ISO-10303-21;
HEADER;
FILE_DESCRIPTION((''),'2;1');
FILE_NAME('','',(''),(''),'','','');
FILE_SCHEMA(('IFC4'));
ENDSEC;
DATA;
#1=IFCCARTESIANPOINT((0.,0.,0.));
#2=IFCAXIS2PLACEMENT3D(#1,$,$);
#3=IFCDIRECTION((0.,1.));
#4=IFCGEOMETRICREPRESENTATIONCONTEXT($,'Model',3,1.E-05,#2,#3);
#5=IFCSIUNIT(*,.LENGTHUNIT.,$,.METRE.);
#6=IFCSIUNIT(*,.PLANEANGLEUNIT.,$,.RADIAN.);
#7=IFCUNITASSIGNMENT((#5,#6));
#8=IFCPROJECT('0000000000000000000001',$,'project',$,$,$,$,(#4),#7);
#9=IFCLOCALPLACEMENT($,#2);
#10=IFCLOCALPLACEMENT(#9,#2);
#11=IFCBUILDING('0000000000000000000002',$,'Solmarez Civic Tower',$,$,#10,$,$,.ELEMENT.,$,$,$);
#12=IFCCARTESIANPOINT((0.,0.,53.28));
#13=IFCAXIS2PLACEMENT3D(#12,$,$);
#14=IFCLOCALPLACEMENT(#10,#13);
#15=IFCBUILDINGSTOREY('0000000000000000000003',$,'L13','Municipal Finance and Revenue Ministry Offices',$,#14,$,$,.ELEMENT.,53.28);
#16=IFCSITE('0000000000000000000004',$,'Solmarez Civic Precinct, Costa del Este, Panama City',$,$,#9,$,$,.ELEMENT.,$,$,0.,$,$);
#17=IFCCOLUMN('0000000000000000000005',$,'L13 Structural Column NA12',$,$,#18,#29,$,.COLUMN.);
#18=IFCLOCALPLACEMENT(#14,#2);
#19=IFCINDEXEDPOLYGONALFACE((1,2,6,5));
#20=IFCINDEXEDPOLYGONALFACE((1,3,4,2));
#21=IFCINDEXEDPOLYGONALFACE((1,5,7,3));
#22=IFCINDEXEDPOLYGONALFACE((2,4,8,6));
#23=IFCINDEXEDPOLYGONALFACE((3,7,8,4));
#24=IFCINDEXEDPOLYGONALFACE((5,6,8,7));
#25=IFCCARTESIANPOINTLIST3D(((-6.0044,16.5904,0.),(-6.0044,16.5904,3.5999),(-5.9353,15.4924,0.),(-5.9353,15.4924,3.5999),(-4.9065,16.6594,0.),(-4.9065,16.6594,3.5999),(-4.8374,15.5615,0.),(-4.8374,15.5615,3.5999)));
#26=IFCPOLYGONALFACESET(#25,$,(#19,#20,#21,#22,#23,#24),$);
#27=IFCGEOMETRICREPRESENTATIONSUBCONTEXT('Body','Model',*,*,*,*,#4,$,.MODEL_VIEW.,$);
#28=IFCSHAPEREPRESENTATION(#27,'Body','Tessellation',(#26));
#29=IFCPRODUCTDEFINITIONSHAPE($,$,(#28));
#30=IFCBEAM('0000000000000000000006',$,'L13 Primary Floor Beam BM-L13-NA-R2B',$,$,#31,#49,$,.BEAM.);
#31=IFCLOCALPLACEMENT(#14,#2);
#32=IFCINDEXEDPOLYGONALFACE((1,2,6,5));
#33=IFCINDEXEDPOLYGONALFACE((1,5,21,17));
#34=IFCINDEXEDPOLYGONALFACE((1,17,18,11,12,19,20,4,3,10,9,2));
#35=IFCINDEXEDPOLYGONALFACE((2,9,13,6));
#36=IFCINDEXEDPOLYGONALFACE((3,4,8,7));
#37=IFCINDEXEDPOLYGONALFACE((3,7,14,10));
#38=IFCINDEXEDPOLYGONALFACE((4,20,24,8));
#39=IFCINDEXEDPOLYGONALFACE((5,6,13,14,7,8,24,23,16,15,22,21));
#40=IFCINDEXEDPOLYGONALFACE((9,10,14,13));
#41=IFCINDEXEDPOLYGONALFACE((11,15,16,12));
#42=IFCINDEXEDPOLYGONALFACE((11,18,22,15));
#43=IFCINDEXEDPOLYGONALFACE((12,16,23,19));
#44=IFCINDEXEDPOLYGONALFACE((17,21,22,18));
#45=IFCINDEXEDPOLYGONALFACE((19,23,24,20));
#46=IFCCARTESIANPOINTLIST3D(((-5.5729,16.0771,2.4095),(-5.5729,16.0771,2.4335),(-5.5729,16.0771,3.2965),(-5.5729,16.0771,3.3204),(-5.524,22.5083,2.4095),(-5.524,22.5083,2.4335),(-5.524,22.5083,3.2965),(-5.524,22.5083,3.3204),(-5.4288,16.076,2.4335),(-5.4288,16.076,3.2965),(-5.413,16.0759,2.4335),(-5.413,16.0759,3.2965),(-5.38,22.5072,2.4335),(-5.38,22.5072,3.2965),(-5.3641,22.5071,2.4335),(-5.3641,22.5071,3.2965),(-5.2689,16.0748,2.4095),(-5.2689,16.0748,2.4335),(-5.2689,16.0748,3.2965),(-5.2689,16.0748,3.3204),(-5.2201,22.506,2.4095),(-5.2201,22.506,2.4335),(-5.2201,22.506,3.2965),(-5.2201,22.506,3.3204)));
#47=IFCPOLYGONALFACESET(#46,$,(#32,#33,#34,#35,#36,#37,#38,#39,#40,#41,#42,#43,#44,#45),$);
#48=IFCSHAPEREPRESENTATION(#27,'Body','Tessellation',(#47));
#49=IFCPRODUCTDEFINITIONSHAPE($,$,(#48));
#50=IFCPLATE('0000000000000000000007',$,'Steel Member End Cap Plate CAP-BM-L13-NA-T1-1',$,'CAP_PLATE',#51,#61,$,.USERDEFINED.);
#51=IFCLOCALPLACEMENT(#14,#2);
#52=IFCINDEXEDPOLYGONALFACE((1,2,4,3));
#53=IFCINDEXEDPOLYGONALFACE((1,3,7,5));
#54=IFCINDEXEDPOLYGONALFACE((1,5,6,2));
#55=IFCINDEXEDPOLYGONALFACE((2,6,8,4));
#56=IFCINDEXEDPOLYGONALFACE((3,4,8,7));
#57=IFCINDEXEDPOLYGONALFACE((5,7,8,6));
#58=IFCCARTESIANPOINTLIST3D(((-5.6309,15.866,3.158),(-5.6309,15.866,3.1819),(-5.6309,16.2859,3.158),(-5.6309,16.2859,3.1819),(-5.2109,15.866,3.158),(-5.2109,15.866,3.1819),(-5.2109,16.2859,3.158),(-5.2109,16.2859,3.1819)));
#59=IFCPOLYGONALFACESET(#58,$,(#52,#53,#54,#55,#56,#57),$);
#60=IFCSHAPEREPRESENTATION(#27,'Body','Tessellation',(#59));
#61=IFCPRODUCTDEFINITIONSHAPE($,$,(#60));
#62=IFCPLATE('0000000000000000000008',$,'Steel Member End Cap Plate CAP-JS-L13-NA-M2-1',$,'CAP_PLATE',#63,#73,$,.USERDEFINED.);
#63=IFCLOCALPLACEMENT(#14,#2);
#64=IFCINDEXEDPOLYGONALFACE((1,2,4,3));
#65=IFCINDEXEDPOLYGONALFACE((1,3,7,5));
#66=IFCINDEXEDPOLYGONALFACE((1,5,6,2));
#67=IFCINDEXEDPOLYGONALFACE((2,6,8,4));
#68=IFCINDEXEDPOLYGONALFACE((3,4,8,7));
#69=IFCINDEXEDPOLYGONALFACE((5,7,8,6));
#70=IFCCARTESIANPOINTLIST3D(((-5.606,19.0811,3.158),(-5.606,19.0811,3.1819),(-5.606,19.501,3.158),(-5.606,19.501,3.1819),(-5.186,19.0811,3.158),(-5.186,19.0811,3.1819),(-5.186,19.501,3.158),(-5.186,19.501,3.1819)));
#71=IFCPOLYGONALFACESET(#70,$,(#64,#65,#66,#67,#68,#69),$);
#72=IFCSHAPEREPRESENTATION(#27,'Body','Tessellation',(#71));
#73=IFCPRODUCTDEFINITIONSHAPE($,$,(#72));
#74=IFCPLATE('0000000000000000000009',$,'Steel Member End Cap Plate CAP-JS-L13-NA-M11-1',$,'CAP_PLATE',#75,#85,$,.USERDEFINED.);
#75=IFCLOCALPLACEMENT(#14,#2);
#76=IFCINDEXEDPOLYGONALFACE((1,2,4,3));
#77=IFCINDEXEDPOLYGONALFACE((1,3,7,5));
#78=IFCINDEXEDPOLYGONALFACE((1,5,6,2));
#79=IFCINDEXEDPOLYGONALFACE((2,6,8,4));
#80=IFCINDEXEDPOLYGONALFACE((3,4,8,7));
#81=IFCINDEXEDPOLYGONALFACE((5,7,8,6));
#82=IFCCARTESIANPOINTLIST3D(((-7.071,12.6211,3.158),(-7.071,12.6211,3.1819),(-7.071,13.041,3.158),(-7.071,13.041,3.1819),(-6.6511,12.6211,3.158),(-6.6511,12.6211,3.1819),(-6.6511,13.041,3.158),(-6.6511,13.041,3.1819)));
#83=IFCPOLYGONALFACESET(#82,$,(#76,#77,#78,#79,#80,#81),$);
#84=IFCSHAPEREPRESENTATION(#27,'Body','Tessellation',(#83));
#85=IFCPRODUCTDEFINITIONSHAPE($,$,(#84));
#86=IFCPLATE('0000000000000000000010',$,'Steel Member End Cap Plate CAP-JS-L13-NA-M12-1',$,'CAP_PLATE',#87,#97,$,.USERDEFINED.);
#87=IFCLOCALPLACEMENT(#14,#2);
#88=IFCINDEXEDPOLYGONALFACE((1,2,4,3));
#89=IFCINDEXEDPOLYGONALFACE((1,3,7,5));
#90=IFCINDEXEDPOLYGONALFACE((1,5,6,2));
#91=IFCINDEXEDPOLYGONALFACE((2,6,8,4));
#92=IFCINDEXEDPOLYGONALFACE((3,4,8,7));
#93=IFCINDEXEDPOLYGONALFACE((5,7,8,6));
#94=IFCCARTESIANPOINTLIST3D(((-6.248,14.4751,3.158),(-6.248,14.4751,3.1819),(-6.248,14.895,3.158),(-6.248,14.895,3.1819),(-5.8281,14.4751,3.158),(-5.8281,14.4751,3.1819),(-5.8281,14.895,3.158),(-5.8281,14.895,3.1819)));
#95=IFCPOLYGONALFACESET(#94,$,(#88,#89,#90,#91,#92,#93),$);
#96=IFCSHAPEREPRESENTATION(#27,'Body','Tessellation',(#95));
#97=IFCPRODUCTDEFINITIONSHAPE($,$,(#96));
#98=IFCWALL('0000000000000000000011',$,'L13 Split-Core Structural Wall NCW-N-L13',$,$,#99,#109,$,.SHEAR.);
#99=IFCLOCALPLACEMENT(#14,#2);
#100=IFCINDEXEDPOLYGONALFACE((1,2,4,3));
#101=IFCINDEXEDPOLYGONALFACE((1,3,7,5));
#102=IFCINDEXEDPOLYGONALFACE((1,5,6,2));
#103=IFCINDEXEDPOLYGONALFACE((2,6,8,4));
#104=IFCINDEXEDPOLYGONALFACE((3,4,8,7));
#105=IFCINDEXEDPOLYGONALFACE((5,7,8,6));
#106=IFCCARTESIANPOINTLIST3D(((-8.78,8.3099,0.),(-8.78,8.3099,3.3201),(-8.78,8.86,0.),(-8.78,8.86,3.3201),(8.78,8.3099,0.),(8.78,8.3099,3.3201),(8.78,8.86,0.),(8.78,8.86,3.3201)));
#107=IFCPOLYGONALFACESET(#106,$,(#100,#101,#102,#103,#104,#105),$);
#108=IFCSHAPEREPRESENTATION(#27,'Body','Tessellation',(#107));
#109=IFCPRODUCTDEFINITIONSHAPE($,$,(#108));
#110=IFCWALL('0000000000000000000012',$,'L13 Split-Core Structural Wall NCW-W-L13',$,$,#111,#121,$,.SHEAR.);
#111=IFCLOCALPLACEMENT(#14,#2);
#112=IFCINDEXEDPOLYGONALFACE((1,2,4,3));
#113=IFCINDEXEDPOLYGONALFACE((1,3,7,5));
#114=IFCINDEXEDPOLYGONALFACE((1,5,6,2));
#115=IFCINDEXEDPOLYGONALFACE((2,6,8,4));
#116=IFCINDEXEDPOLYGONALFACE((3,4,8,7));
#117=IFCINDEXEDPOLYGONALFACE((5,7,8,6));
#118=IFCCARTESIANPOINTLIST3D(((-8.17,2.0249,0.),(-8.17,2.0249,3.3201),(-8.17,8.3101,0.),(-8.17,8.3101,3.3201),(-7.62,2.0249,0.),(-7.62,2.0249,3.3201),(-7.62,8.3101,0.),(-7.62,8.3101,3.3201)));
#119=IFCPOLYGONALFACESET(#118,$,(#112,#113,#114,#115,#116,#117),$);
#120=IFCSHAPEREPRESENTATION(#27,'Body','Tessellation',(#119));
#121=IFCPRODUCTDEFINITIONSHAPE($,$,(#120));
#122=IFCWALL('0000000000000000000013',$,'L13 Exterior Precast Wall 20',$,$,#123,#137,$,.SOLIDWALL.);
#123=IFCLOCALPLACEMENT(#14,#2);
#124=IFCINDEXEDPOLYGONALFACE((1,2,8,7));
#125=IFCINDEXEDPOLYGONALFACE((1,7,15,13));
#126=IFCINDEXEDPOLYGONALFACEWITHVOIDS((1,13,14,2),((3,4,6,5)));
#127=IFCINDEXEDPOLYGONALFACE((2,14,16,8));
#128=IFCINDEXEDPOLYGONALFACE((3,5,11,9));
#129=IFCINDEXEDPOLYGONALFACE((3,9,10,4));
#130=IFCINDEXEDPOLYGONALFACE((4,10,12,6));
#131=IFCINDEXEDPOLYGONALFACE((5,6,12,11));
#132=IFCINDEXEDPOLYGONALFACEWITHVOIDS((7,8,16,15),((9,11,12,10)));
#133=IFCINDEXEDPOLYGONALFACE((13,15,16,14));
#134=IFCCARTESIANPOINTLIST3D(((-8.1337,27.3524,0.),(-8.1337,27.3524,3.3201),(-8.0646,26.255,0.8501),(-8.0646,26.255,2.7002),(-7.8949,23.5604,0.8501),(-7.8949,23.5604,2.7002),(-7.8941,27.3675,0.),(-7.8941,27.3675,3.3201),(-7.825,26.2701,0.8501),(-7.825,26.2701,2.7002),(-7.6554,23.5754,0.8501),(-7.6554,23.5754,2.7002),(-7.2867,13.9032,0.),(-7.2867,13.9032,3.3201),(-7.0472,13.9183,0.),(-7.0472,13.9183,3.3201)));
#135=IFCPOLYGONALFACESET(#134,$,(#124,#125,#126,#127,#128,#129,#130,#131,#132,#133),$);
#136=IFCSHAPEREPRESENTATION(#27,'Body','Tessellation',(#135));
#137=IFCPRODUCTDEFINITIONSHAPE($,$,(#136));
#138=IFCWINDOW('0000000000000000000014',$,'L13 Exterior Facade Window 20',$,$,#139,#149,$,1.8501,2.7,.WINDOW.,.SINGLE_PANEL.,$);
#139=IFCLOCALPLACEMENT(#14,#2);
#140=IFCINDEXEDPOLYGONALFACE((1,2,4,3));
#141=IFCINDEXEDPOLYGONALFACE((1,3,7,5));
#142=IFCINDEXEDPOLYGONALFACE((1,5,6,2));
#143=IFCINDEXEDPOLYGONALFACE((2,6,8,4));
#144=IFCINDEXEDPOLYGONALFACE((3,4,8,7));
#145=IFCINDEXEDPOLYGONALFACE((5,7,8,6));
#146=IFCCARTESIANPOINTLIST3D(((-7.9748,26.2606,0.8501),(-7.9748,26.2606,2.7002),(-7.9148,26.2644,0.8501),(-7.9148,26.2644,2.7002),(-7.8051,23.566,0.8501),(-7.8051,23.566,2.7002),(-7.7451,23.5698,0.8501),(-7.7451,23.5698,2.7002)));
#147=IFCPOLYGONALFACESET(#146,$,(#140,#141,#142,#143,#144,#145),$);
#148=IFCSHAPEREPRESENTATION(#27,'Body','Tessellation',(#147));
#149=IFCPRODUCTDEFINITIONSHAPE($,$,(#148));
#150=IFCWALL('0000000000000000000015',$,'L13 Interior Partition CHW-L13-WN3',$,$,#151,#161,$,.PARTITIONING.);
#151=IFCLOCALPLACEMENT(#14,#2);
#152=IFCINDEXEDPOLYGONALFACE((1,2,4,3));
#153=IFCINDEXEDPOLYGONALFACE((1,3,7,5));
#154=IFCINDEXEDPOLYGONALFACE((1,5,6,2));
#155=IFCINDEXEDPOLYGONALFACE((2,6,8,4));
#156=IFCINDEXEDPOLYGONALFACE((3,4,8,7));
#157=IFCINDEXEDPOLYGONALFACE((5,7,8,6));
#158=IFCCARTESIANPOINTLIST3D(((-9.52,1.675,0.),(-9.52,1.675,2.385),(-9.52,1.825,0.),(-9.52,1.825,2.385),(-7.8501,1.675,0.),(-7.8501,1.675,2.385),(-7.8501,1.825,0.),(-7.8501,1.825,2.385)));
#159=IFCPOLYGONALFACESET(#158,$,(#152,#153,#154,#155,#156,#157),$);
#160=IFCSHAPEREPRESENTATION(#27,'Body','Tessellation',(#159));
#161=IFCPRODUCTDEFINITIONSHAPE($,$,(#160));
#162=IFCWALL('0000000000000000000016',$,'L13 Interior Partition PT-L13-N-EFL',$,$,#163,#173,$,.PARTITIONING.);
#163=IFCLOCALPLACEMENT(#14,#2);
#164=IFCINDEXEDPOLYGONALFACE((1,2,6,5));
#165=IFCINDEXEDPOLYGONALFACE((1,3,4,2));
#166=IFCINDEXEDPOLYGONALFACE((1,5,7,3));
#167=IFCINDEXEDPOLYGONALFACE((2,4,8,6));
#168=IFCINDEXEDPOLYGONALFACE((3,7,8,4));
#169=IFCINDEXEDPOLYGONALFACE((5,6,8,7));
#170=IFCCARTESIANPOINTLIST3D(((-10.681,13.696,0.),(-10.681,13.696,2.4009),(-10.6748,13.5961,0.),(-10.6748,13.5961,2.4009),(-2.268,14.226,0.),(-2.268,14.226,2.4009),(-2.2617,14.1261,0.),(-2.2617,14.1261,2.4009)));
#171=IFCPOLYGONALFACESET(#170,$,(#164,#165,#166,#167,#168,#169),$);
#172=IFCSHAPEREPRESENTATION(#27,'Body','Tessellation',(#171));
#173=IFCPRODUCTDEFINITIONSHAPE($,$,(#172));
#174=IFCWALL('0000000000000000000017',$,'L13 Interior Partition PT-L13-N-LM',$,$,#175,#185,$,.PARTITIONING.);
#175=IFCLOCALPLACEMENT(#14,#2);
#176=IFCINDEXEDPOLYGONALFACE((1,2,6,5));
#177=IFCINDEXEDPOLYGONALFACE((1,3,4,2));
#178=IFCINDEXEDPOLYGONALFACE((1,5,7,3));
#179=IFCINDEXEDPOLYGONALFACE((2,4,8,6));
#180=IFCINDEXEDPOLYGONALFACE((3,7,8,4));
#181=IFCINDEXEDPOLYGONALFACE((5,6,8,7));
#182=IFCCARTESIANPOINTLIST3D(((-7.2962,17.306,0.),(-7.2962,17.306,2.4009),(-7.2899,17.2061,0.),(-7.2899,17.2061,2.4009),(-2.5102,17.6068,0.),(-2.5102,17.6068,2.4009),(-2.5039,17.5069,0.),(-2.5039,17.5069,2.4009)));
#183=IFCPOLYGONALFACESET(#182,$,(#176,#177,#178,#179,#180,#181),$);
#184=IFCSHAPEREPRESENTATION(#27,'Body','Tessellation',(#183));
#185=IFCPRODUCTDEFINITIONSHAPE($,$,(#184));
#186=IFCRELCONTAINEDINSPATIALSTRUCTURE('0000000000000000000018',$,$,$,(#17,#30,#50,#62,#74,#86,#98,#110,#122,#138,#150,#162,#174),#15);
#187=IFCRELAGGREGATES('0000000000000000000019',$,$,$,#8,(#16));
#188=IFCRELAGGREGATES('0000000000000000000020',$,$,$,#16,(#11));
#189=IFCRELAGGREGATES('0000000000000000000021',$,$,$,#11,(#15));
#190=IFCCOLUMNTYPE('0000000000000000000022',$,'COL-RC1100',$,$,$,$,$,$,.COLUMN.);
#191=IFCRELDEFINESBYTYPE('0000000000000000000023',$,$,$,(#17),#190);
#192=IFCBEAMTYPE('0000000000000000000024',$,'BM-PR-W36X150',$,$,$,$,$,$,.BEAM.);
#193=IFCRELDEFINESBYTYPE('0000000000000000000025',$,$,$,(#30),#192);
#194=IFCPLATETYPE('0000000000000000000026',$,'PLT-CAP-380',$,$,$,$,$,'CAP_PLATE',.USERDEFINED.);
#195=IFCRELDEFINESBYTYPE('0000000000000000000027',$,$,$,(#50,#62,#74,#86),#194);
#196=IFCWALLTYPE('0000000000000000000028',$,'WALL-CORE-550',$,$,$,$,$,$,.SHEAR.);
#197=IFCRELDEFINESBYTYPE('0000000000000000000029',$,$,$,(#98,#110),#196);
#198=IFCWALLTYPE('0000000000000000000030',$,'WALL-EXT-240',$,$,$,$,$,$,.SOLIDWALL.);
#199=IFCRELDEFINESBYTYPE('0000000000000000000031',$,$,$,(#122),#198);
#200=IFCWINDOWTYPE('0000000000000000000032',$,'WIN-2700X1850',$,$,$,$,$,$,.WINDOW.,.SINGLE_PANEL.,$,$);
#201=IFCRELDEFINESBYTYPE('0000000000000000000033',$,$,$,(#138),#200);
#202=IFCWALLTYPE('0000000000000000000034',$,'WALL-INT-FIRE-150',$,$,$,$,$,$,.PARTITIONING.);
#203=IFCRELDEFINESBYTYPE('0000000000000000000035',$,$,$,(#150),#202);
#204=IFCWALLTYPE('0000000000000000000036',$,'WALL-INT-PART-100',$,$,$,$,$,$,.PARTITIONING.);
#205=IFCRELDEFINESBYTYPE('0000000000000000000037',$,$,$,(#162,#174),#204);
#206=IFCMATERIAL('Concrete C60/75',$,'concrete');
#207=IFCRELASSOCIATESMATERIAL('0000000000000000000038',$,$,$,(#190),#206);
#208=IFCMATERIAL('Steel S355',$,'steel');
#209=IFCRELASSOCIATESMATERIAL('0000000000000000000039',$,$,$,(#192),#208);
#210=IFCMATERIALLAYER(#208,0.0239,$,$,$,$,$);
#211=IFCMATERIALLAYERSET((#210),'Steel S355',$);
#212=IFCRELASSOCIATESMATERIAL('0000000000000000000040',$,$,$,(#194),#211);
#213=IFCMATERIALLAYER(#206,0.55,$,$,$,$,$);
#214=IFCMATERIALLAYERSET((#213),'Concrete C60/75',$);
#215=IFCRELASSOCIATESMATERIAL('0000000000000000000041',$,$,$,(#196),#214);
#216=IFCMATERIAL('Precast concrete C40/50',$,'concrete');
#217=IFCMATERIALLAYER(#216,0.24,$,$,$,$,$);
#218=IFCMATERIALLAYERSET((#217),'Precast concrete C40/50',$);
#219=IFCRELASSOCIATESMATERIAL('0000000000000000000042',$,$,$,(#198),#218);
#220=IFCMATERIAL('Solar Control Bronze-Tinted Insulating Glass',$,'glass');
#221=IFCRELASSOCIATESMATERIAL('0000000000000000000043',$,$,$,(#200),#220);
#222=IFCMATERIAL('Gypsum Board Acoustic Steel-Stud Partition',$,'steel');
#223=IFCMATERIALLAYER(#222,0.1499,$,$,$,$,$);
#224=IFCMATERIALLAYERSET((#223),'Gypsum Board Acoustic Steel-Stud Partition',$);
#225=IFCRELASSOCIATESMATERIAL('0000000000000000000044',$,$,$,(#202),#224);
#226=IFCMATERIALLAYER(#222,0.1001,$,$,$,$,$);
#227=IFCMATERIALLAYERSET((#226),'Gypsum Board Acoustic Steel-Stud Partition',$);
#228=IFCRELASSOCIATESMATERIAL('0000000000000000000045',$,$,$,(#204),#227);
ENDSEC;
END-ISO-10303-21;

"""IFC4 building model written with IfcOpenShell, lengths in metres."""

from ifc_helpers import new_model, si_unit, direction, frame, frame_2d, origin, origin_2d, place, context, subcontext, project, spatial, rectangle, i_section, extrude, material, layer, layer_set, material_profile, profile_set, type_object, element, fill, save


model = new_model("IFC4")

# Units and contexts
model_context = context("Model", 3, precision=1e-05, world=origin(), true_north=direction((0.0, 1.0)))
body_context = subcontext(model_context, "Body", "Model", "MODEL_VIEW")
ifc_project = project(units=[si_unit("LENGTHUNIT", "METRE"), si_unit("PLANEANGLEUNIT", "RADIAN")], contexts=[model_context])

# Site, building, storey
site_placement = place(None, origin())
site = spatial("IfcSite", under=ifc_project, at=site_placement, Name="Solmarez Civic Precinct, Costa del Este, Panama City", CompositionType="ELEMENT", RefElevation=0.0)
building_placement = place(site_placement, origin())
building = spatial("IfcBuilding", under=site, at=building_placement, Name="Solmarez Civic Tower", CompositionType="ELEMENT")
storey_placement = place(building_placement, frame((0.0, 0.0, 53.28)))
storey = spatial("IfcBuildingStorey", under=building, at=storey_placement, Name="L13", Description="Municipal Finance and Revenue Ministry Offices", CompositionType="ELEMENT", Elevation=53.28)

# Column
ifc_material_1 = material(Name="Concrete C60/75", Category="concrete")
ifc_material_profile_1 = material_profile(ifc_material_1, rectangle(XDim=1.1001, YDim=1.1001, at=origin_2d()), Name="RC1100X1100")
ifc_profile_set_1 = profile_set([ifc_material_profile_1], Name="Concrete C60/75")
column_type = type_object("IfcColumnType", Name="COL-RC1100", PredefinedType="COLUMN", material=ifc_profile_set_1)
column_placement = place(storey_placement, frame((-5.4209, 16.0759, 0.0), z_axis=(0.0, 0.0, 1.0), x_axis=(0.998027, 0.062791, 0.0)))
element("IfcColumn", 1, at=column_placement, inside=storey, type_object=column_type, Name="L13 Structural Column NA12", PredefinedType="COLUMN", context=body_context, shape_type="SweptSolid", body=[
    extrude(rectangle(XDim=1.1001, YDim=1.1001, at=origin_2d()), origin(), (0.0, 0.0, 1.0), 3.5999),
])

# Beam
ifc_material_2 = material(Name="Steel S355", Category="steel")
ifc_material_profile_2 = material_profile(ifc_material_2, i_section(OverallWidth=0.304, OverallDepth=0.9109, WebThickness=0.0159, FlangeThickness=0.0239, at=origin_2d()), Name="W36X150")
ifc_profile_set_2 = profile_set([ifc_material_profile_2], Name="Steel S355")
beam_type = type_object("IfcBeamType", Name="BM-PR-W36X150", PredefinedType="BEAM", material=ifc_profile_set_2)
beam_placement = place(storey_placement, frame((-5.4209, 16.0759, 2.865), z_axis=(0.007592, 0.999971, 0.0), x_axis=(-0.999971, 0.007592, 0.0)))
element("IfcBeam", 2, at=beam_placement, inside=storey, type_object=beam_type, Name="L13 Primary Floor Beam BM-L13-NA-R2B", PredefinedType="BEAM", context=body_context, shape_type="SweptSolid", body=[
    extrude(i_section(OverallWidth=0.304, OverallDepth=0.9109, WebThickness=0.0159, FlangeThickness=0.0239, at=origin_2d()), origin(), (0.0, 0.0, 1.0), 6.4314),
])

# Plates
ifc_layer_1 = layer(ifc_material_2, 0.0239)
ifc_layer_set_1 = layer_set([ifc_layer_1], Name="Steel S355")
plate_type = type_object("IfcPlateType", Name="PLT-CAP-380", ElementType="CAP_PLATE", PredefinedType="USERDEFINED", material=ifc_layer_set_1)
for number, where, z_axis, x_axis, name in (
    (3, (-5.4209, 16.0759, 3.158), (0.0, 0.0, 1.0), (1.0, 0.0, 0.0), "Steel Member End Cap Plate CAP-BM-L13-NA-T1-1"),
    (4, (-5.396, 19.291, 3.158), (0.0, 0.0, 1.0), (1.0, 0.0, 0.0), "Steel Member End Cap Plate CAP-JS-L13-NA-M2-1"),
    (5, (-6.8611, 12.8311, 3.158), (0.0, 0.0, 1.0), (1.0, 0.0, 0.0), "Steel Member End Cap Plate CAP-JS-L13-NA-M11-1"),
    (6, (-6.0381, 14.6851, 3.158), (0.0, 0.0, 1.0), (1.0, 0.0, 0.0), "Steel Member End Cap Plate CAP-JS-L13-NA-M12-1"),
):
    element("IfcPlate", number, at=place(storey_placement, frame(where, z_axis=z_axis, x_axis=x_axis)), inside=storey, type_object=plate_type, Name=name, ObjectType="CAP_PLATE", PredefinedType="USERDEFINED", context=body_context, shape_type="SweptSolid", body=[
        extrude(rectangle(XDim=0.4199, YDim=0.4199, at=origin_2d()), origin(), (0.0, 0.0, 1.0), 0.0239),
    ])

# Walls
ifc_layer_2 = layer(ifc_material_1, 0.55)
ifc_layer_set_2 = layer_set([ifc_layer_2], Name="Concrete C60/75")
wall_type_1 = type_object("IfcWallType", Name="WALL-CORE-550", PredefinedType="SHEAR", material=ifc_layer_set_2)
wall_1_placement = place(storey_placement, frame((-8.78, 8.585, 0.0), z_axis=(0.0, 0.0, 1.0), x_axis=(1.0, 0.0, 0.0)))
element("IfcWall", 7, at=wall_1_placement, inside=storey, type_object=wall_type_1, Name="L13 Split-Core Structural Wall NCW-N-L13", PredefinedType="SHEAR", context=body_context, shape_type="SweptSolid", body=[
    extrude(rectangle(XDim=17.5601, YDim=0.55, at=frame_2d((8.78, 0.0))), origin(), (0.0, 0.0, 1.0), 3.3201),
])
wall_2_placement = place(storey_placement, frame((-7.895, 2.0249, 0.0), z_axis=(0.0, 0.0, 1.0), x_axis=(0.0, 1.0, 0.0)))
element("IfcWall", 8, at=wall_2_placement, inside=storey, type_object=wall_type_1, Name="L13 Split-Core Structural Wall NCW-W-L13", PredefinedType="SHEAR", context=body_context, shape_type="SweptSolid", body=[
    extrude(rectangle(XDim=6.2852, YDim=0.55, at=frame_2d((3.1426, 0.0))), origin(), (0.0, 0.0, 1.0), 3.3201),
])

# Wall, opening, window
ifc_material_3 = material(Name="Precast concrete C40/50", Category="concrete")
ifc_layer_3 = layer(ifc_material_3, 0.24)
ifc_layer_set_3 = layer_set([ifc_layer_3], Name="Precast concrete C40/50")
wall_type_2 = type_object("IfcWallType", Name="WALL-EXT-240", PredefinedType="SOLIDWALL", material=ifc_layer_set_3)
wall_3_placement = place(storey_placement, frame((-7.167, 13.9109, 0.0), z_axis=(0.0, 0.0, 1.0), x_axis=(-0.062847, 0.998023, 0.0)))
wall_3 = element("IfcWall", 9, at=wall_3_placement, inside=storey, type_object=wall_type_2, Name="L13 Exterior Precast Wall 20", PredefinedType="SOLIDWALL", context=body_context, shape_type="SweptSolid", body=[
    extrude(rectangle(XDim=13.4758, YDim=0.24, at=frame_2d((6.7378, 0.0))), origin(), (0.0, 0.0, 1.0), 3.3201),
])
opening_placement = place(wall_3_placement, frame((9.676, 0.0, 0.8501)))
opening = element("IfcOpeningElement", 10, at=opening_placement, cuts=wall_3, PredefinedType="OPENING", context=body_context, shape_type="SweptSolid", body=[
    extrude(rectangle(XDim=2.7, YDim=1.8501, at=frame_2d((1.3501, 0.925))), frame((0.0, 0.1299, 0.0), z_axis=(0.0, -1.0, 0.0), x_axis=(1.0, 0.0, 0.0)), (0.0, 0.0, 1.0), 0.26),
])
ifc_material_4 = material(Name="Solar Control Bronze-Tinted Insulating Glass", Category="glass")
window_type = type_object("IfcWindowType", Name="WIN-2700X1850", PartitioningType="SINGLE_PANEL", PredefinedType="WINDOW", material=ifc_material_4)
window_placement = place(opening_placement, origin())
window = element("IfcWindow", 11, at=window_placement, inside=storey, type_object=window_type, Name="L13 Exterior Facade Window 20", OverallHeight=1.8501, OverallWidth=2.7, PartitioningType="SINGLE_PANEL", PredefinedType="WINDOW", context=body_context, shape_type="SweptSolid", body=[
    extrude(rectangle(XDim=2.7, YDim=1.8501, at=frame_2d((1.3501, 0.925))), frame((0.0, 0.03, 0.0), z_axis=(0.0, -1.0, 0.0), x_axis=(1.0, 0.0, 0.0)), (0.0, 0.0, 1.0), 0.0601),
])
fill(opening, window)

# Walls
ifc_material_5 = material(Name="Gypsum Board Acoustic Steel-Stud Partition", Category="steel")
ifc_layer_4 = layer(ifc_material_5, 0.1499)
ifc_layer_set_4 = layer_set([ifc_layer_4], Name="Gypsum Board Acoustic Steel-Stud Partition")
wall_type_3 = type_object("IfcWallType", Name="WALL-INT-FIRE-150", PredefinedType="PARTITIONING", material=ifc_layer_set_4)
wall_4_placement = place(storey_placement, frame((-7.8501, 1.75, 0.0), z_axis=(0.0, 0.0, 1.0), x_axis=(-1.0, 0.0, 0.0)))
element("IfcWall", 12, at=wall_4_placement, inside=storey, type_object=wall_type_3, Name="L13 Interior Partition CHW-L13-WN3", PredefinedType="PARTITIONING", context=body_context, shape_type="SweptSolid", body=[
    extrude(rectangle(XDim=1.6699, YDim=0.1499, at=frame_2d((0.835, 0.0))), origin(), (0.0, 0.0, 1.0), 2.385),
])
ifc_layer_5 = layer(ifc_material_5, 0.1001)
ifc_layer_set_5 = layer_set([ifc_layer_5], Name="Gypsum Board Acoustic Steel-Stud Partition")
wall_type_4 = type_object("IfcWallType", Name="WALL-INT-PART-100", PredefinedType="PARTITIONING", material=ifc_layer_set_5)
wall_5_placement = place(storey_placement, frame((-2.2649, 14.176, 0.0), z_axis=(0.0, 0.0, 1.0), x_axis=(-0.998021, -0.062876, 0.0)))
element("IfcWall", 13, at=wall_5_placement, inside=storey, type_object=wall_type_4, Name="L13 Interior Partition PT-L13-N-EFL", PredefinedType="PARTITIONING", context=body_context, shape_type="SweptSolid", body=[
    extrude(rectangle(XDim=8.4297, YDim=0.1001, at=frame_2d((4.2148, 0.0))), origin(), (0.0, 0.0, 1.0), 2.4009),
])
wall_6_placement = place(storey_placement, frame((-2.5071, 17.5569, 0.0), z_axis=(0.0, 0.0, 1.0), x_axis=(-0.998031, -0.062724, 0.0)))
element("IfcWall", 14, at=wall_6_placement, inside=storey, type_object=wall_type_4, Name="L13 Interior Partition PT-L13-N-LM", PredefinedType="PARTITIONING", context=body_context, shape_type="SweptSolid", body=[
    extrude(rectangle(XDim=4.7954, YDim=0.1001, at=frame_2d((2.3977, 0.0))), origin(), (0.0, 0.0, 1.0), 2.4009),
])

save(model, "model.ifc")
